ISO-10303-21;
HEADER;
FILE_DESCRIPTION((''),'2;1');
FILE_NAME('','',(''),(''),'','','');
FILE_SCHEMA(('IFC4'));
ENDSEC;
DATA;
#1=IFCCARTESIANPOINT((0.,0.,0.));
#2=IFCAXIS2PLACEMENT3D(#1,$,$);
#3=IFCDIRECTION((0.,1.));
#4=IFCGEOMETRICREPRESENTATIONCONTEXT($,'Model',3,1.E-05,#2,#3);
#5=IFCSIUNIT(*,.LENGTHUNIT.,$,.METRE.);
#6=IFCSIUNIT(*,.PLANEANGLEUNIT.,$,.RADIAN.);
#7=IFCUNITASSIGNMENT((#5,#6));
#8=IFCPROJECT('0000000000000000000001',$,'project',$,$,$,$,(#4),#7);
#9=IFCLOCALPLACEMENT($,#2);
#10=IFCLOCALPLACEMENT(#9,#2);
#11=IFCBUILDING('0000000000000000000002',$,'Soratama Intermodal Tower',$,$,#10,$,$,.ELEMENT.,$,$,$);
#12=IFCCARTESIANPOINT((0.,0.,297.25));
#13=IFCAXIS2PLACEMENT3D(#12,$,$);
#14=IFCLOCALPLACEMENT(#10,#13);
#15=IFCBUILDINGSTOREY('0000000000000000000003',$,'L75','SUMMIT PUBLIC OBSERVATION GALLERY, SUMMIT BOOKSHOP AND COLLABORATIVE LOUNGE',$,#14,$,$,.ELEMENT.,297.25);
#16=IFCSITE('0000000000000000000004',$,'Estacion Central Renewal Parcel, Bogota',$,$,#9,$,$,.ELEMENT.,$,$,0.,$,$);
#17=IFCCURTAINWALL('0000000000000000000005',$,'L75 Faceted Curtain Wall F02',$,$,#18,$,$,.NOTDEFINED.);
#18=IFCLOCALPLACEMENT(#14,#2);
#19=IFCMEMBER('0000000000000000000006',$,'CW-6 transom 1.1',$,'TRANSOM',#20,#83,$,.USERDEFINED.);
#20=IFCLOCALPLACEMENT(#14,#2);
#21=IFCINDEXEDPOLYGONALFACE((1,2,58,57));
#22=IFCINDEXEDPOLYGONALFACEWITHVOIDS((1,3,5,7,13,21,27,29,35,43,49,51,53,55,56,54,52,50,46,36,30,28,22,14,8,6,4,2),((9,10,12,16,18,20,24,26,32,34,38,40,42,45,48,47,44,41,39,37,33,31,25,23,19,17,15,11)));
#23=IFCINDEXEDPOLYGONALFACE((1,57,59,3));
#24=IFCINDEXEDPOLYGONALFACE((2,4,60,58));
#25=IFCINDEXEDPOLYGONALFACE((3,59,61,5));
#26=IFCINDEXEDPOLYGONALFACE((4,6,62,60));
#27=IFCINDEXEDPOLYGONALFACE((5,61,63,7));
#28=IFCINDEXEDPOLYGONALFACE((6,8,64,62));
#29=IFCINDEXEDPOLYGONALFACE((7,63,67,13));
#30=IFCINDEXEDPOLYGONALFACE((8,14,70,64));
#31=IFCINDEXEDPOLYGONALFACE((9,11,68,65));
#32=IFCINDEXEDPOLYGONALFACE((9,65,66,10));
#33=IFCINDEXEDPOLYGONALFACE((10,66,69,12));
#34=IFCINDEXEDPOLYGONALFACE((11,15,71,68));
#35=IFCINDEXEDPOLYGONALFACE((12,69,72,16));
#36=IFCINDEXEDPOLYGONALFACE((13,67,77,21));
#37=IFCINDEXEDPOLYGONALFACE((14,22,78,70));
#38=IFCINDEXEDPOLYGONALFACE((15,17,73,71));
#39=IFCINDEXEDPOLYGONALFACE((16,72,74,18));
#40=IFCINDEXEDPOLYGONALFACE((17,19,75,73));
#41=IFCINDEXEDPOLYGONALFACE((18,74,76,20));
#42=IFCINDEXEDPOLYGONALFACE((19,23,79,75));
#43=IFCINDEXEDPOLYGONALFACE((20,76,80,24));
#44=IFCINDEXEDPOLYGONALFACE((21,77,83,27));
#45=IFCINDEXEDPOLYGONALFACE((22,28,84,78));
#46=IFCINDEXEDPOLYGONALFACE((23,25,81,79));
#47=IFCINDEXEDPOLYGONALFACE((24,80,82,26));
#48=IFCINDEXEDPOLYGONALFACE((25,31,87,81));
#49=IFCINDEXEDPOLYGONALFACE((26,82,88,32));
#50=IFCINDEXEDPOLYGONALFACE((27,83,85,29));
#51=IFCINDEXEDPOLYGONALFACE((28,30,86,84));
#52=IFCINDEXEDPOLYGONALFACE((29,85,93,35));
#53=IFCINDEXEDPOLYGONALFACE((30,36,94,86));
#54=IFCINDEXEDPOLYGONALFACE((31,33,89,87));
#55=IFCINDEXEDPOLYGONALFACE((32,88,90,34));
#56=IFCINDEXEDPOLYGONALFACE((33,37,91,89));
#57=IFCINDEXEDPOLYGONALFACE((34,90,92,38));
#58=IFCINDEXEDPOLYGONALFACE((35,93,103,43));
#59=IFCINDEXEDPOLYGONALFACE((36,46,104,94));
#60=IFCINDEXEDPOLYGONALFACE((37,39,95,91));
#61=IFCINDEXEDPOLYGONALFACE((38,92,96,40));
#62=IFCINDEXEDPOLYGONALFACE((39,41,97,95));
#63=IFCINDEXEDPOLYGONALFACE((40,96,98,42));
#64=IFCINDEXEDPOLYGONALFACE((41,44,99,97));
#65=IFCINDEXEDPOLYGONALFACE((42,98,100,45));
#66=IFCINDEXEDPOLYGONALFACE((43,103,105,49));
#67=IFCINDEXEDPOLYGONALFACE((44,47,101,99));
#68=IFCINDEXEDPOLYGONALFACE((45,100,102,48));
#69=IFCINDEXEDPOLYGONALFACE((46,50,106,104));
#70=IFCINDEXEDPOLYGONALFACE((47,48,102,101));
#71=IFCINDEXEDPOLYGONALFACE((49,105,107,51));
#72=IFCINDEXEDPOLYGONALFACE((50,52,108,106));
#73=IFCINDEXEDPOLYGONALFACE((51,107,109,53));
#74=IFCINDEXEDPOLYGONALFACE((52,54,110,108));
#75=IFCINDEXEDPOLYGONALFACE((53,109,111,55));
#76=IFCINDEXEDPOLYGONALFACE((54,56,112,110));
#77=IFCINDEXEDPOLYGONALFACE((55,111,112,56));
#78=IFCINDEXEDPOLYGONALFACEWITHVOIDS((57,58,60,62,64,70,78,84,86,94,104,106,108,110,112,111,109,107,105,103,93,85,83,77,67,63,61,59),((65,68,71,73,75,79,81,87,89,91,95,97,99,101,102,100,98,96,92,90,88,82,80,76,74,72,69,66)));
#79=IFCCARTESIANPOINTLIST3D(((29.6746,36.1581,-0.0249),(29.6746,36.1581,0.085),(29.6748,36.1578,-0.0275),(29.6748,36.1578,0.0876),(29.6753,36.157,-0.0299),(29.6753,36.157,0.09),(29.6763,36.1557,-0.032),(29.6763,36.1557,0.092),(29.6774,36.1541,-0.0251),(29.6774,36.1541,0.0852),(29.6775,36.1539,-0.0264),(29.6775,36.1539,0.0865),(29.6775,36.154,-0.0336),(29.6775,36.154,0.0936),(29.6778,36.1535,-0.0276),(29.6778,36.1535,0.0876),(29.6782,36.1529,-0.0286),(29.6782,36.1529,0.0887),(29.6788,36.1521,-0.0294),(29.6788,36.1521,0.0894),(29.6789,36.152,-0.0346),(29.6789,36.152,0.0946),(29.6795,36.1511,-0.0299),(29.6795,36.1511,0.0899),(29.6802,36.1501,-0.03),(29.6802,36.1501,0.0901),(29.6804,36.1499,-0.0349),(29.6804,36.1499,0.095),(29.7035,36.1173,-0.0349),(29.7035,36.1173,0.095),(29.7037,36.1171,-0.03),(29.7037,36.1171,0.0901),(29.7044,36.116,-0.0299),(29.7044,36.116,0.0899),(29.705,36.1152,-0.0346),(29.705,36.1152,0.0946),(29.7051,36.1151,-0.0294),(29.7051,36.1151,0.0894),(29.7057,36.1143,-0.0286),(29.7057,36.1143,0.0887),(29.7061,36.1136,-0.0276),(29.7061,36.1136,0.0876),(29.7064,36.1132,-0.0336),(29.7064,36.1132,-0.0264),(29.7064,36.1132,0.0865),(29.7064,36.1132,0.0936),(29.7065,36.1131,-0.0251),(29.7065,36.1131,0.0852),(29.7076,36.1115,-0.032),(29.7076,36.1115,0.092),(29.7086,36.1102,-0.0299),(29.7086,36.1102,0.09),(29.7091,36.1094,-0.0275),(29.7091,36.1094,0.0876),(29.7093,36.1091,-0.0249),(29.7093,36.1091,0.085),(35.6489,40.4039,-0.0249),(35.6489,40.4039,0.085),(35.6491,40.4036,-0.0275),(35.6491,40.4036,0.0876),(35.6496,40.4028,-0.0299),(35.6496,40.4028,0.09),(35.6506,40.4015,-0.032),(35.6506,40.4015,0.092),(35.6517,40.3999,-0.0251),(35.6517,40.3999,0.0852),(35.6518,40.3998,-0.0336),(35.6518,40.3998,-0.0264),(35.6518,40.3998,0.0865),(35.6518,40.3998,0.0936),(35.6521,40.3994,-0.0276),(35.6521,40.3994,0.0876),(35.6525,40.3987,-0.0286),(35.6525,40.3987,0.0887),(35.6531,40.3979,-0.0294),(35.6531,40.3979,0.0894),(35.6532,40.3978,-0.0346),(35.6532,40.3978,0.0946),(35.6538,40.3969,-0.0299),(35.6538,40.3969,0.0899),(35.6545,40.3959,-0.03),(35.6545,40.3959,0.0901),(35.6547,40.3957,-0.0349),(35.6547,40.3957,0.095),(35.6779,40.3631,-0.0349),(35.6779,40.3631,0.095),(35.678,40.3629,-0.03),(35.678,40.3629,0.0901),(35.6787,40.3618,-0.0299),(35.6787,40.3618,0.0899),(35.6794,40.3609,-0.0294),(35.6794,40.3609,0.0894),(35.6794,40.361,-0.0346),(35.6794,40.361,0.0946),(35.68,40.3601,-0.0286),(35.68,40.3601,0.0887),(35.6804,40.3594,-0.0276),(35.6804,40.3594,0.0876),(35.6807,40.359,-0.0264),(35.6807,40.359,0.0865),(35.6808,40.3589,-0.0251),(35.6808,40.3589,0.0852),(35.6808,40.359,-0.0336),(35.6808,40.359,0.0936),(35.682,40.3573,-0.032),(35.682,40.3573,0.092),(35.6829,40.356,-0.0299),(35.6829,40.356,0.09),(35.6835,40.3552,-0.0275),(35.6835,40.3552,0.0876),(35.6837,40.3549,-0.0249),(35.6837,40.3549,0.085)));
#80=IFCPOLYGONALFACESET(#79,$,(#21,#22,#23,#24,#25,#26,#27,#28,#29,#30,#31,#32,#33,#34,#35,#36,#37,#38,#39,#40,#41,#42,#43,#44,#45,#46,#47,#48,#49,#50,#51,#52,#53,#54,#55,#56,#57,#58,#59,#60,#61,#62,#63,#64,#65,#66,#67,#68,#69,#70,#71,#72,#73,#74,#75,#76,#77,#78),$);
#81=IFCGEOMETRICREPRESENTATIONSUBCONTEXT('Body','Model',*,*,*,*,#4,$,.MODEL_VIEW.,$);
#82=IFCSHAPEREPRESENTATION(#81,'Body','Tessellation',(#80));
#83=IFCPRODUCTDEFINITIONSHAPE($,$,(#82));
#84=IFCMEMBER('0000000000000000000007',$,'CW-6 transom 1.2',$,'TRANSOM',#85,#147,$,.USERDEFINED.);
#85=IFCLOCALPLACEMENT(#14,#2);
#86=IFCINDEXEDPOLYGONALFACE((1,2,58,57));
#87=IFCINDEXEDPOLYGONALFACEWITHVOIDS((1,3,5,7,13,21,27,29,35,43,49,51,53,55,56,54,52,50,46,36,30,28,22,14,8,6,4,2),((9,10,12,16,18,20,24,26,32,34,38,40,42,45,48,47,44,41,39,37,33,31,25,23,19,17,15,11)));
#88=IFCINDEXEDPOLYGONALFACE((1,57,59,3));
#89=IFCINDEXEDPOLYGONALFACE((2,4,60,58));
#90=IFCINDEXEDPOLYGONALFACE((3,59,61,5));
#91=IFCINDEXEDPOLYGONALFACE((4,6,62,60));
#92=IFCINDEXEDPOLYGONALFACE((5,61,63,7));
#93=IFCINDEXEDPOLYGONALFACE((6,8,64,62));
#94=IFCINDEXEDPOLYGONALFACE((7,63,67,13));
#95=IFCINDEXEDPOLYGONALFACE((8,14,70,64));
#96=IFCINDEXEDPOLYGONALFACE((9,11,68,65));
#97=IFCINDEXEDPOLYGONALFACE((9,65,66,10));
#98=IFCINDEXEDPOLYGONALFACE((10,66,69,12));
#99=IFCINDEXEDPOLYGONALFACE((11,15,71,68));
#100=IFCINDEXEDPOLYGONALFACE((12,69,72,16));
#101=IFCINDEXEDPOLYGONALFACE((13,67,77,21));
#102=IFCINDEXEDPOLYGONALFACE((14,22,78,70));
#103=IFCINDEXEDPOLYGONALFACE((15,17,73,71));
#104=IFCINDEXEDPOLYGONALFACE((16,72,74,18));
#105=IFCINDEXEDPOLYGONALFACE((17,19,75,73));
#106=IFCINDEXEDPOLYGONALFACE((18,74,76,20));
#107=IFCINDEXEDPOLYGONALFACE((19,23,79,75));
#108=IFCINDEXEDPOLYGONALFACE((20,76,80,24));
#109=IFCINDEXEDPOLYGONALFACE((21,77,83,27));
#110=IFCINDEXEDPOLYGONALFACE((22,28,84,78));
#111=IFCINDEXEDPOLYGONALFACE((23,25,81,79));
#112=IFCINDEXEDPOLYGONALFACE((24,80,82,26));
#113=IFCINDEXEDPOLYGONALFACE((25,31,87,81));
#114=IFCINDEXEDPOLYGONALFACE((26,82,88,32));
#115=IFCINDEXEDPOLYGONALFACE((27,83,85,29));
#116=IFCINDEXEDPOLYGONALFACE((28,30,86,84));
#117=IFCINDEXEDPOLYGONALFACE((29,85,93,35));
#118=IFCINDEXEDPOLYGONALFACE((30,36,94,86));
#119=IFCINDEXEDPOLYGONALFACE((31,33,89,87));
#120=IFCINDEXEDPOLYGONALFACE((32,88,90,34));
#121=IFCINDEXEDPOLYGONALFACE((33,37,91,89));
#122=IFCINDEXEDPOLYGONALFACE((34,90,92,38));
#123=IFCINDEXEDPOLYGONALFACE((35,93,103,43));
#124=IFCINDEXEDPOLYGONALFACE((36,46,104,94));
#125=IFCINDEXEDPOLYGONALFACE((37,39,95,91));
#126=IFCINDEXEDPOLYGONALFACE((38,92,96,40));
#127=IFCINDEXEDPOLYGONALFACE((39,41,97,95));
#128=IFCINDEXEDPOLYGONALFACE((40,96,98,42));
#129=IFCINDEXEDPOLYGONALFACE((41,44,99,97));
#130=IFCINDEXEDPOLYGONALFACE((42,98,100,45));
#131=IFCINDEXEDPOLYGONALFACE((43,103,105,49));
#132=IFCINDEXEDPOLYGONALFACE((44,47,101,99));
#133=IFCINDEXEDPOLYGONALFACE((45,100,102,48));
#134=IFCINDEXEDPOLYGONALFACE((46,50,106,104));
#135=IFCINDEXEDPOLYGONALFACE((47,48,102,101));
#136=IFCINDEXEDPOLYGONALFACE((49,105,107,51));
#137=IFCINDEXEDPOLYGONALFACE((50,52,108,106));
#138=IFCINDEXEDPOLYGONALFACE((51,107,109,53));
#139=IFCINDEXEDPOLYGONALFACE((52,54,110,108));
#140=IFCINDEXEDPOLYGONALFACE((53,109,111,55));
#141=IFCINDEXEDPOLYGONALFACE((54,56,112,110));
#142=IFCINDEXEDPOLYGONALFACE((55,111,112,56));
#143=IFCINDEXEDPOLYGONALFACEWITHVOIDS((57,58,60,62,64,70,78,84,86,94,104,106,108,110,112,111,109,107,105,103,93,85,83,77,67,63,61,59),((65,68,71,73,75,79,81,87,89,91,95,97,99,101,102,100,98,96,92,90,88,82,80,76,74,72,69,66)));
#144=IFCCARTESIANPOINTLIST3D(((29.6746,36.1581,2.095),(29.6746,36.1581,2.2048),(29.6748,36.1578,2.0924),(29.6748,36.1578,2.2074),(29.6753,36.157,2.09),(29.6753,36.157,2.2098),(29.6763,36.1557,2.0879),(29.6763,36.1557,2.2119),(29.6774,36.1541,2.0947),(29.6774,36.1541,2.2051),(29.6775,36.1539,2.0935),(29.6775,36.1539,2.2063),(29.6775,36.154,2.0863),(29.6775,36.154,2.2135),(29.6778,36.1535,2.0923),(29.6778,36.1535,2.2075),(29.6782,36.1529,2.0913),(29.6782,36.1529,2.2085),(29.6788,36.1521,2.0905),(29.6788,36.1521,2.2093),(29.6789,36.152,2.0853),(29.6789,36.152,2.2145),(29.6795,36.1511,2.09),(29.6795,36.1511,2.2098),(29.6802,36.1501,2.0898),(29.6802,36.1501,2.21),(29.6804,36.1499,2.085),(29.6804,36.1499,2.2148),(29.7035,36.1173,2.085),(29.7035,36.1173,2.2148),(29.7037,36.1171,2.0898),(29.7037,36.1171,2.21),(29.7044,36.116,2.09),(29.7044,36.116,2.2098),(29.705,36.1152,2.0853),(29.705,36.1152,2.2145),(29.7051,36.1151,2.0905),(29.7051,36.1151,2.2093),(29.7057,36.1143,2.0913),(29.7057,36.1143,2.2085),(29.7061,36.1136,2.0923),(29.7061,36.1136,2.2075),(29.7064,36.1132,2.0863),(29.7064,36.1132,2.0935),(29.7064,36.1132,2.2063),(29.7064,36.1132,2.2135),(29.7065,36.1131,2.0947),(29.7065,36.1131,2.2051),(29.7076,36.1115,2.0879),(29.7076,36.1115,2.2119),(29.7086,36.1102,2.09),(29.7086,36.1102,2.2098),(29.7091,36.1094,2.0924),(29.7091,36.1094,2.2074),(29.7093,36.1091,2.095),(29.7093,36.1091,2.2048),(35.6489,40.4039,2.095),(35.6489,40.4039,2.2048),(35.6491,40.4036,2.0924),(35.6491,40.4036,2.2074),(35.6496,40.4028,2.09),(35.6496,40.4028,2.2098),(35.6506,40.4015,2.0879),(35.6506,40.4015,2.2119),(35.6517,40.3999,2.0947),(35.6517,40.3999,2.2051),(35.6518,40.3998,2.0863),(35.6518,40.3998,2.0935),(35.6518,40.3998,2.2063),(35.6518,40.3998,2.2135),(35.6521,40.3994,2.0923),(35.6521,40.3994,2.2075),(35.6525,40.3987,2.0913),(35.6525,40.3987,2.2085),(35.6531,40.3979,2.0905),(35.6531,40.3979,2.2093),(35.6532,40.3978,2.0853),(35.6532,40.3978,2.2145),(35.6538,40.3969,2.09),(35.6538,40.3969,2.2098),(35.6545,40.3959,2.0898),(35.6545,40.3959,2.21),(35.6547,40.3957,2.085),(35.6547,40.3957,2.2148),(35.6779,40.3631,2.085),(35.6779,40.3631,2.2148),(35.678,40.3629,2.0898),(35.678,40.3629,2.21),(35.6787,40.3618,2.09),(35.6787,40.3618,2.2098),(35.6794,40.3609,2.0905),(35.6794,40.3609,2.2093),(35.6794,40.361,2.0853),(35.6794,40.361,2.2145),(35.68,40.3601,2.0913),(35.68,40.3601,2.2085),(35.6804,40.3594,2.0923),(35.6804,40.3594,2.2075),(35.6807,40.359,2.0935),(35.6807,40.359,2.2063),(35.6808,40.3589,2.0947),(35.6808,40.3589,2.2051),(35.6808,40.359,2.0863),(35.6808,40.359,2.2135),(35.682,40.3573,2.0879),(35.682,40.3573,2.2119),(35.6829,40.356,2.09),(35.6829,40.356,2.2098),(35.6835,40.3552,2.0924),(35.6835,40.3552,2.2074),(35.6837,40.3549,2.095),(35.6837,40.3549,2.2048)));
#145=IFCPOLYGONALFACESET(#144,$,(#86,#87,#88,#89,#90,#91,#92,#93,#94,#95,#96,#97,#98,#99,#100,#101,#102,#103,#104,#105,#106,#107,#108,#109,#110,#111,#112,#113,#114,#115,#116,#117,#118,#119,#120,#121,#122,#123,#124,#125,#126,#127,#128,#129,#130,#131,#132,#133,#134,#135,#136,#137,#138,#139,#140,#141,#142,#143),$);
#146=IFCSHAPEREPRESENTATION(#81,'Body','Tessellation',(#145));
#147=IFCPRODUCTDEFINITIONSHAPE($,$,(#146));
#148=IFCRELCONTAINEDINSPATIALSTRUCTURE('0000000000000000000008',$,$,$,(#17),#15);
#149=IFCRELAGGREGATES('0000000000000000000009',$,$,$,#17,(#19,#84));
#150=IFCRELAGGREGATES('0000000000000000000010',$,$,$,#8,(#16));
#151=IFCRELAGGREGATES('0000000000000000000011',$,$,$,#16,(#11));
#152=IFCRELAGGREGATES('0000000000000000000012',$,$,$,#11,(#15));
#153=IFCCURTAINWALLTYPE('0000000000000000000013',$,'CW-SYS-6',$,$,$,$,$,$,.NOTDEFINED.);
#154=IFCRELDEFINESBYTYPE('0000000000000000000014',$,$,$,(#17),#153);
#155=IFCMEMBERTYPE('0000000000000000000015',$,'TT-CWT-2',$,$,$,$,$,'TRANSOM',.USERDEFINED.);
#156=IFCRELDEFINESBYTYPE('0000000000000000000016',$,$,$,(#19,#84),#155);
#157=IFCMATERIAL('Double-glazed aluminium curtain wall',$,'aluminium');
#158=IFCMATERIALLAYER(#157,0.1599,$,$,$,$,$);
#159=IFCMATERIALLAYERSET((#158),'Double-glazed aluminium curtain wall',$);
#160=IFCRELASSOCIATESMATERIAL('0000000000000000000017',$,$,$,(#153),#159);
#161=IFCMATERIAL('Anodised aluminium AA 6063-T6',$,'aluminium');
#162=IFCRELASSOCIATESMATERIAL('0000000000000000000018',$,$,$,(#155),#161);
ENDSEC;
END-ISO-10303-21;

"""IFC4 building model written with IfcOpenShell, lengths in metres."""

from ifc_helpers import new_model, si_unit, direction, frame, origin, origin_2d, place, context, subcontext, project, spatial, hollow_rectangle, extrude, material, layer, layer_set, material_profile, profile_set, type_object, element, aggregate, save


model = new_model("IFC4")

# Units and contexts
model_context = context("Model", 3, precision=1e-05, world=origin(), true_north=direction((0.0, 1.0)))
body_context = subcontext(model_context, "Body", "Model", "MODEL_VIEW")
ifc_project = project(units=[si_unit("LENGTHUNIT", "METRE"), si_unit("PLANEANGLEUNIT", "RADIAN")], contexts=[model_context])

# Site, building, storey
site_placement = place(None, origin())
site = spatial("IfcSite", under=ifc_project, at=site_placement, Name="Estacion Central Renewal Parcel, Bogota", CompositionType="ELEMENT", RefElevation=0.0)
building_placement = place(site_placement, origin())
building = spatial("IfcBuilding", under=site, at=building_placement, Name="Soratama Intermodal Tower", CompositionType="ELEMENT")
storey_placement = place(building_placement, frame((0.0, 0.0, 297.25)))
storey = spatial("IfcBuildingStorey", under=building, at=storey_placement, Name="L75", Description="SUMMIT PUBLIC OBSERVATION GALLERY, SUMMIT BOOKSHOP AND COLLABORATIVE LOUNGE", CompositionType="ELEMENT", Elevation=297.25)

# Shared definitions
ifc_material_1 = material(Name="Double-glazed aluminium curtain wall", Category="aluminium")
ifc_layer_1 = layer(ifc_material_1, 0.1599)
ifc_layer_set_1 = layer_set([ifc_layer_1], Name="Double-glazed aluminium curtain wall")
curtain_wall_type = type_object("IfcCurtainWallType", Name="CW-SYS-6", PredefinedType="NOTDEFINED", material=ifc_layer_set_1)

# Curtain wall, members
curtain_wall_1_placement = place(storey_placement, origin())
curtain_wall_1 = element("IfcCurtainWall", 1, at=curtain_wall_1_placement, inside=storey, type_object=curtain_wall_type, Name="L75 Faceted Curtain Wall F02", PredefinedType="NOTDEFINED")
ifc_material_2 = material(Name="Anodised aluminium AA 6063-T6", Category="aluminium")
ifc_material_profile_1 = material_profile(ifc_material_2, hollow_rectangle(XDim=0.0601, YDim=0.1299, WallThickness=0.0049, InnerFilletRadius=0.0049, OuterFilletRadius=0.01, at=origin_2d()), Name="CWT130X60X5")
ifc_profile_set_1 = profile_set([ifc_material_profile_1], Name="Anodised aluminium AA 6063-T6")
member_type_1 = type_object("IfcMemberType", Name="TT-CWT-2", ElementType="TRANSOM", PredefinedType="USERDEFINED", material=ifc_profile_set_1)
member_1_placement = place(storey_placement, frame((35.6663, 40.3794, 0.03), z_axis=(-0.815122, -0.579289, 0.0), x_axis=(0.579289, -0.815122, 0.0)))
member_1 = element("IfcMember", 2, at=member_1_placement, type_object=member_type_1, Name="CW-6 transom 1.1", ObjectType="TRANSOM", PredefinedType="USERDEFINED", context=body_context, shape_type="SweptSolid", body=[
    extrude(hollow_rectangle(XDim=0.0601, YDim=0.1299, WallThickness=0.0049, InnerFilletRadius=0.0049, OuterFilletRadius=0.01, at=origin_2d()), origin(), (0.0, 0.0, 1.0), 7.3293),
])
member_2_placement = place(storey_placement, frame((35.6663, 40.3794, 2.1499), z_axis=(-0.815122, -0.579289, 0.0), x_axis=(0.579289, -0.815122, 0.0)))
member_2 = element("IfcMember", 3, at=member_2_placement, type_object=member_type_1, Name="CW-6 transom 1.2", ObjectType="TRANSOM", PredefinedType="USERDEFINED", context=body_context, shape_type="SweptSolid", body=[
    extrude(hollow_rectangle(XDim=0.0601, YDim=0.1299, WallThickness=0.0049, InnerFilletRadius=0.0049, OuterFilletRadius=0.01, at=origin_2d()), origin(), (0.0, 0.0, 1.0), 7.3293),
])
aggregate(curtain_wall_1, [member_1, member_2])

save(model, "model.ifc")
